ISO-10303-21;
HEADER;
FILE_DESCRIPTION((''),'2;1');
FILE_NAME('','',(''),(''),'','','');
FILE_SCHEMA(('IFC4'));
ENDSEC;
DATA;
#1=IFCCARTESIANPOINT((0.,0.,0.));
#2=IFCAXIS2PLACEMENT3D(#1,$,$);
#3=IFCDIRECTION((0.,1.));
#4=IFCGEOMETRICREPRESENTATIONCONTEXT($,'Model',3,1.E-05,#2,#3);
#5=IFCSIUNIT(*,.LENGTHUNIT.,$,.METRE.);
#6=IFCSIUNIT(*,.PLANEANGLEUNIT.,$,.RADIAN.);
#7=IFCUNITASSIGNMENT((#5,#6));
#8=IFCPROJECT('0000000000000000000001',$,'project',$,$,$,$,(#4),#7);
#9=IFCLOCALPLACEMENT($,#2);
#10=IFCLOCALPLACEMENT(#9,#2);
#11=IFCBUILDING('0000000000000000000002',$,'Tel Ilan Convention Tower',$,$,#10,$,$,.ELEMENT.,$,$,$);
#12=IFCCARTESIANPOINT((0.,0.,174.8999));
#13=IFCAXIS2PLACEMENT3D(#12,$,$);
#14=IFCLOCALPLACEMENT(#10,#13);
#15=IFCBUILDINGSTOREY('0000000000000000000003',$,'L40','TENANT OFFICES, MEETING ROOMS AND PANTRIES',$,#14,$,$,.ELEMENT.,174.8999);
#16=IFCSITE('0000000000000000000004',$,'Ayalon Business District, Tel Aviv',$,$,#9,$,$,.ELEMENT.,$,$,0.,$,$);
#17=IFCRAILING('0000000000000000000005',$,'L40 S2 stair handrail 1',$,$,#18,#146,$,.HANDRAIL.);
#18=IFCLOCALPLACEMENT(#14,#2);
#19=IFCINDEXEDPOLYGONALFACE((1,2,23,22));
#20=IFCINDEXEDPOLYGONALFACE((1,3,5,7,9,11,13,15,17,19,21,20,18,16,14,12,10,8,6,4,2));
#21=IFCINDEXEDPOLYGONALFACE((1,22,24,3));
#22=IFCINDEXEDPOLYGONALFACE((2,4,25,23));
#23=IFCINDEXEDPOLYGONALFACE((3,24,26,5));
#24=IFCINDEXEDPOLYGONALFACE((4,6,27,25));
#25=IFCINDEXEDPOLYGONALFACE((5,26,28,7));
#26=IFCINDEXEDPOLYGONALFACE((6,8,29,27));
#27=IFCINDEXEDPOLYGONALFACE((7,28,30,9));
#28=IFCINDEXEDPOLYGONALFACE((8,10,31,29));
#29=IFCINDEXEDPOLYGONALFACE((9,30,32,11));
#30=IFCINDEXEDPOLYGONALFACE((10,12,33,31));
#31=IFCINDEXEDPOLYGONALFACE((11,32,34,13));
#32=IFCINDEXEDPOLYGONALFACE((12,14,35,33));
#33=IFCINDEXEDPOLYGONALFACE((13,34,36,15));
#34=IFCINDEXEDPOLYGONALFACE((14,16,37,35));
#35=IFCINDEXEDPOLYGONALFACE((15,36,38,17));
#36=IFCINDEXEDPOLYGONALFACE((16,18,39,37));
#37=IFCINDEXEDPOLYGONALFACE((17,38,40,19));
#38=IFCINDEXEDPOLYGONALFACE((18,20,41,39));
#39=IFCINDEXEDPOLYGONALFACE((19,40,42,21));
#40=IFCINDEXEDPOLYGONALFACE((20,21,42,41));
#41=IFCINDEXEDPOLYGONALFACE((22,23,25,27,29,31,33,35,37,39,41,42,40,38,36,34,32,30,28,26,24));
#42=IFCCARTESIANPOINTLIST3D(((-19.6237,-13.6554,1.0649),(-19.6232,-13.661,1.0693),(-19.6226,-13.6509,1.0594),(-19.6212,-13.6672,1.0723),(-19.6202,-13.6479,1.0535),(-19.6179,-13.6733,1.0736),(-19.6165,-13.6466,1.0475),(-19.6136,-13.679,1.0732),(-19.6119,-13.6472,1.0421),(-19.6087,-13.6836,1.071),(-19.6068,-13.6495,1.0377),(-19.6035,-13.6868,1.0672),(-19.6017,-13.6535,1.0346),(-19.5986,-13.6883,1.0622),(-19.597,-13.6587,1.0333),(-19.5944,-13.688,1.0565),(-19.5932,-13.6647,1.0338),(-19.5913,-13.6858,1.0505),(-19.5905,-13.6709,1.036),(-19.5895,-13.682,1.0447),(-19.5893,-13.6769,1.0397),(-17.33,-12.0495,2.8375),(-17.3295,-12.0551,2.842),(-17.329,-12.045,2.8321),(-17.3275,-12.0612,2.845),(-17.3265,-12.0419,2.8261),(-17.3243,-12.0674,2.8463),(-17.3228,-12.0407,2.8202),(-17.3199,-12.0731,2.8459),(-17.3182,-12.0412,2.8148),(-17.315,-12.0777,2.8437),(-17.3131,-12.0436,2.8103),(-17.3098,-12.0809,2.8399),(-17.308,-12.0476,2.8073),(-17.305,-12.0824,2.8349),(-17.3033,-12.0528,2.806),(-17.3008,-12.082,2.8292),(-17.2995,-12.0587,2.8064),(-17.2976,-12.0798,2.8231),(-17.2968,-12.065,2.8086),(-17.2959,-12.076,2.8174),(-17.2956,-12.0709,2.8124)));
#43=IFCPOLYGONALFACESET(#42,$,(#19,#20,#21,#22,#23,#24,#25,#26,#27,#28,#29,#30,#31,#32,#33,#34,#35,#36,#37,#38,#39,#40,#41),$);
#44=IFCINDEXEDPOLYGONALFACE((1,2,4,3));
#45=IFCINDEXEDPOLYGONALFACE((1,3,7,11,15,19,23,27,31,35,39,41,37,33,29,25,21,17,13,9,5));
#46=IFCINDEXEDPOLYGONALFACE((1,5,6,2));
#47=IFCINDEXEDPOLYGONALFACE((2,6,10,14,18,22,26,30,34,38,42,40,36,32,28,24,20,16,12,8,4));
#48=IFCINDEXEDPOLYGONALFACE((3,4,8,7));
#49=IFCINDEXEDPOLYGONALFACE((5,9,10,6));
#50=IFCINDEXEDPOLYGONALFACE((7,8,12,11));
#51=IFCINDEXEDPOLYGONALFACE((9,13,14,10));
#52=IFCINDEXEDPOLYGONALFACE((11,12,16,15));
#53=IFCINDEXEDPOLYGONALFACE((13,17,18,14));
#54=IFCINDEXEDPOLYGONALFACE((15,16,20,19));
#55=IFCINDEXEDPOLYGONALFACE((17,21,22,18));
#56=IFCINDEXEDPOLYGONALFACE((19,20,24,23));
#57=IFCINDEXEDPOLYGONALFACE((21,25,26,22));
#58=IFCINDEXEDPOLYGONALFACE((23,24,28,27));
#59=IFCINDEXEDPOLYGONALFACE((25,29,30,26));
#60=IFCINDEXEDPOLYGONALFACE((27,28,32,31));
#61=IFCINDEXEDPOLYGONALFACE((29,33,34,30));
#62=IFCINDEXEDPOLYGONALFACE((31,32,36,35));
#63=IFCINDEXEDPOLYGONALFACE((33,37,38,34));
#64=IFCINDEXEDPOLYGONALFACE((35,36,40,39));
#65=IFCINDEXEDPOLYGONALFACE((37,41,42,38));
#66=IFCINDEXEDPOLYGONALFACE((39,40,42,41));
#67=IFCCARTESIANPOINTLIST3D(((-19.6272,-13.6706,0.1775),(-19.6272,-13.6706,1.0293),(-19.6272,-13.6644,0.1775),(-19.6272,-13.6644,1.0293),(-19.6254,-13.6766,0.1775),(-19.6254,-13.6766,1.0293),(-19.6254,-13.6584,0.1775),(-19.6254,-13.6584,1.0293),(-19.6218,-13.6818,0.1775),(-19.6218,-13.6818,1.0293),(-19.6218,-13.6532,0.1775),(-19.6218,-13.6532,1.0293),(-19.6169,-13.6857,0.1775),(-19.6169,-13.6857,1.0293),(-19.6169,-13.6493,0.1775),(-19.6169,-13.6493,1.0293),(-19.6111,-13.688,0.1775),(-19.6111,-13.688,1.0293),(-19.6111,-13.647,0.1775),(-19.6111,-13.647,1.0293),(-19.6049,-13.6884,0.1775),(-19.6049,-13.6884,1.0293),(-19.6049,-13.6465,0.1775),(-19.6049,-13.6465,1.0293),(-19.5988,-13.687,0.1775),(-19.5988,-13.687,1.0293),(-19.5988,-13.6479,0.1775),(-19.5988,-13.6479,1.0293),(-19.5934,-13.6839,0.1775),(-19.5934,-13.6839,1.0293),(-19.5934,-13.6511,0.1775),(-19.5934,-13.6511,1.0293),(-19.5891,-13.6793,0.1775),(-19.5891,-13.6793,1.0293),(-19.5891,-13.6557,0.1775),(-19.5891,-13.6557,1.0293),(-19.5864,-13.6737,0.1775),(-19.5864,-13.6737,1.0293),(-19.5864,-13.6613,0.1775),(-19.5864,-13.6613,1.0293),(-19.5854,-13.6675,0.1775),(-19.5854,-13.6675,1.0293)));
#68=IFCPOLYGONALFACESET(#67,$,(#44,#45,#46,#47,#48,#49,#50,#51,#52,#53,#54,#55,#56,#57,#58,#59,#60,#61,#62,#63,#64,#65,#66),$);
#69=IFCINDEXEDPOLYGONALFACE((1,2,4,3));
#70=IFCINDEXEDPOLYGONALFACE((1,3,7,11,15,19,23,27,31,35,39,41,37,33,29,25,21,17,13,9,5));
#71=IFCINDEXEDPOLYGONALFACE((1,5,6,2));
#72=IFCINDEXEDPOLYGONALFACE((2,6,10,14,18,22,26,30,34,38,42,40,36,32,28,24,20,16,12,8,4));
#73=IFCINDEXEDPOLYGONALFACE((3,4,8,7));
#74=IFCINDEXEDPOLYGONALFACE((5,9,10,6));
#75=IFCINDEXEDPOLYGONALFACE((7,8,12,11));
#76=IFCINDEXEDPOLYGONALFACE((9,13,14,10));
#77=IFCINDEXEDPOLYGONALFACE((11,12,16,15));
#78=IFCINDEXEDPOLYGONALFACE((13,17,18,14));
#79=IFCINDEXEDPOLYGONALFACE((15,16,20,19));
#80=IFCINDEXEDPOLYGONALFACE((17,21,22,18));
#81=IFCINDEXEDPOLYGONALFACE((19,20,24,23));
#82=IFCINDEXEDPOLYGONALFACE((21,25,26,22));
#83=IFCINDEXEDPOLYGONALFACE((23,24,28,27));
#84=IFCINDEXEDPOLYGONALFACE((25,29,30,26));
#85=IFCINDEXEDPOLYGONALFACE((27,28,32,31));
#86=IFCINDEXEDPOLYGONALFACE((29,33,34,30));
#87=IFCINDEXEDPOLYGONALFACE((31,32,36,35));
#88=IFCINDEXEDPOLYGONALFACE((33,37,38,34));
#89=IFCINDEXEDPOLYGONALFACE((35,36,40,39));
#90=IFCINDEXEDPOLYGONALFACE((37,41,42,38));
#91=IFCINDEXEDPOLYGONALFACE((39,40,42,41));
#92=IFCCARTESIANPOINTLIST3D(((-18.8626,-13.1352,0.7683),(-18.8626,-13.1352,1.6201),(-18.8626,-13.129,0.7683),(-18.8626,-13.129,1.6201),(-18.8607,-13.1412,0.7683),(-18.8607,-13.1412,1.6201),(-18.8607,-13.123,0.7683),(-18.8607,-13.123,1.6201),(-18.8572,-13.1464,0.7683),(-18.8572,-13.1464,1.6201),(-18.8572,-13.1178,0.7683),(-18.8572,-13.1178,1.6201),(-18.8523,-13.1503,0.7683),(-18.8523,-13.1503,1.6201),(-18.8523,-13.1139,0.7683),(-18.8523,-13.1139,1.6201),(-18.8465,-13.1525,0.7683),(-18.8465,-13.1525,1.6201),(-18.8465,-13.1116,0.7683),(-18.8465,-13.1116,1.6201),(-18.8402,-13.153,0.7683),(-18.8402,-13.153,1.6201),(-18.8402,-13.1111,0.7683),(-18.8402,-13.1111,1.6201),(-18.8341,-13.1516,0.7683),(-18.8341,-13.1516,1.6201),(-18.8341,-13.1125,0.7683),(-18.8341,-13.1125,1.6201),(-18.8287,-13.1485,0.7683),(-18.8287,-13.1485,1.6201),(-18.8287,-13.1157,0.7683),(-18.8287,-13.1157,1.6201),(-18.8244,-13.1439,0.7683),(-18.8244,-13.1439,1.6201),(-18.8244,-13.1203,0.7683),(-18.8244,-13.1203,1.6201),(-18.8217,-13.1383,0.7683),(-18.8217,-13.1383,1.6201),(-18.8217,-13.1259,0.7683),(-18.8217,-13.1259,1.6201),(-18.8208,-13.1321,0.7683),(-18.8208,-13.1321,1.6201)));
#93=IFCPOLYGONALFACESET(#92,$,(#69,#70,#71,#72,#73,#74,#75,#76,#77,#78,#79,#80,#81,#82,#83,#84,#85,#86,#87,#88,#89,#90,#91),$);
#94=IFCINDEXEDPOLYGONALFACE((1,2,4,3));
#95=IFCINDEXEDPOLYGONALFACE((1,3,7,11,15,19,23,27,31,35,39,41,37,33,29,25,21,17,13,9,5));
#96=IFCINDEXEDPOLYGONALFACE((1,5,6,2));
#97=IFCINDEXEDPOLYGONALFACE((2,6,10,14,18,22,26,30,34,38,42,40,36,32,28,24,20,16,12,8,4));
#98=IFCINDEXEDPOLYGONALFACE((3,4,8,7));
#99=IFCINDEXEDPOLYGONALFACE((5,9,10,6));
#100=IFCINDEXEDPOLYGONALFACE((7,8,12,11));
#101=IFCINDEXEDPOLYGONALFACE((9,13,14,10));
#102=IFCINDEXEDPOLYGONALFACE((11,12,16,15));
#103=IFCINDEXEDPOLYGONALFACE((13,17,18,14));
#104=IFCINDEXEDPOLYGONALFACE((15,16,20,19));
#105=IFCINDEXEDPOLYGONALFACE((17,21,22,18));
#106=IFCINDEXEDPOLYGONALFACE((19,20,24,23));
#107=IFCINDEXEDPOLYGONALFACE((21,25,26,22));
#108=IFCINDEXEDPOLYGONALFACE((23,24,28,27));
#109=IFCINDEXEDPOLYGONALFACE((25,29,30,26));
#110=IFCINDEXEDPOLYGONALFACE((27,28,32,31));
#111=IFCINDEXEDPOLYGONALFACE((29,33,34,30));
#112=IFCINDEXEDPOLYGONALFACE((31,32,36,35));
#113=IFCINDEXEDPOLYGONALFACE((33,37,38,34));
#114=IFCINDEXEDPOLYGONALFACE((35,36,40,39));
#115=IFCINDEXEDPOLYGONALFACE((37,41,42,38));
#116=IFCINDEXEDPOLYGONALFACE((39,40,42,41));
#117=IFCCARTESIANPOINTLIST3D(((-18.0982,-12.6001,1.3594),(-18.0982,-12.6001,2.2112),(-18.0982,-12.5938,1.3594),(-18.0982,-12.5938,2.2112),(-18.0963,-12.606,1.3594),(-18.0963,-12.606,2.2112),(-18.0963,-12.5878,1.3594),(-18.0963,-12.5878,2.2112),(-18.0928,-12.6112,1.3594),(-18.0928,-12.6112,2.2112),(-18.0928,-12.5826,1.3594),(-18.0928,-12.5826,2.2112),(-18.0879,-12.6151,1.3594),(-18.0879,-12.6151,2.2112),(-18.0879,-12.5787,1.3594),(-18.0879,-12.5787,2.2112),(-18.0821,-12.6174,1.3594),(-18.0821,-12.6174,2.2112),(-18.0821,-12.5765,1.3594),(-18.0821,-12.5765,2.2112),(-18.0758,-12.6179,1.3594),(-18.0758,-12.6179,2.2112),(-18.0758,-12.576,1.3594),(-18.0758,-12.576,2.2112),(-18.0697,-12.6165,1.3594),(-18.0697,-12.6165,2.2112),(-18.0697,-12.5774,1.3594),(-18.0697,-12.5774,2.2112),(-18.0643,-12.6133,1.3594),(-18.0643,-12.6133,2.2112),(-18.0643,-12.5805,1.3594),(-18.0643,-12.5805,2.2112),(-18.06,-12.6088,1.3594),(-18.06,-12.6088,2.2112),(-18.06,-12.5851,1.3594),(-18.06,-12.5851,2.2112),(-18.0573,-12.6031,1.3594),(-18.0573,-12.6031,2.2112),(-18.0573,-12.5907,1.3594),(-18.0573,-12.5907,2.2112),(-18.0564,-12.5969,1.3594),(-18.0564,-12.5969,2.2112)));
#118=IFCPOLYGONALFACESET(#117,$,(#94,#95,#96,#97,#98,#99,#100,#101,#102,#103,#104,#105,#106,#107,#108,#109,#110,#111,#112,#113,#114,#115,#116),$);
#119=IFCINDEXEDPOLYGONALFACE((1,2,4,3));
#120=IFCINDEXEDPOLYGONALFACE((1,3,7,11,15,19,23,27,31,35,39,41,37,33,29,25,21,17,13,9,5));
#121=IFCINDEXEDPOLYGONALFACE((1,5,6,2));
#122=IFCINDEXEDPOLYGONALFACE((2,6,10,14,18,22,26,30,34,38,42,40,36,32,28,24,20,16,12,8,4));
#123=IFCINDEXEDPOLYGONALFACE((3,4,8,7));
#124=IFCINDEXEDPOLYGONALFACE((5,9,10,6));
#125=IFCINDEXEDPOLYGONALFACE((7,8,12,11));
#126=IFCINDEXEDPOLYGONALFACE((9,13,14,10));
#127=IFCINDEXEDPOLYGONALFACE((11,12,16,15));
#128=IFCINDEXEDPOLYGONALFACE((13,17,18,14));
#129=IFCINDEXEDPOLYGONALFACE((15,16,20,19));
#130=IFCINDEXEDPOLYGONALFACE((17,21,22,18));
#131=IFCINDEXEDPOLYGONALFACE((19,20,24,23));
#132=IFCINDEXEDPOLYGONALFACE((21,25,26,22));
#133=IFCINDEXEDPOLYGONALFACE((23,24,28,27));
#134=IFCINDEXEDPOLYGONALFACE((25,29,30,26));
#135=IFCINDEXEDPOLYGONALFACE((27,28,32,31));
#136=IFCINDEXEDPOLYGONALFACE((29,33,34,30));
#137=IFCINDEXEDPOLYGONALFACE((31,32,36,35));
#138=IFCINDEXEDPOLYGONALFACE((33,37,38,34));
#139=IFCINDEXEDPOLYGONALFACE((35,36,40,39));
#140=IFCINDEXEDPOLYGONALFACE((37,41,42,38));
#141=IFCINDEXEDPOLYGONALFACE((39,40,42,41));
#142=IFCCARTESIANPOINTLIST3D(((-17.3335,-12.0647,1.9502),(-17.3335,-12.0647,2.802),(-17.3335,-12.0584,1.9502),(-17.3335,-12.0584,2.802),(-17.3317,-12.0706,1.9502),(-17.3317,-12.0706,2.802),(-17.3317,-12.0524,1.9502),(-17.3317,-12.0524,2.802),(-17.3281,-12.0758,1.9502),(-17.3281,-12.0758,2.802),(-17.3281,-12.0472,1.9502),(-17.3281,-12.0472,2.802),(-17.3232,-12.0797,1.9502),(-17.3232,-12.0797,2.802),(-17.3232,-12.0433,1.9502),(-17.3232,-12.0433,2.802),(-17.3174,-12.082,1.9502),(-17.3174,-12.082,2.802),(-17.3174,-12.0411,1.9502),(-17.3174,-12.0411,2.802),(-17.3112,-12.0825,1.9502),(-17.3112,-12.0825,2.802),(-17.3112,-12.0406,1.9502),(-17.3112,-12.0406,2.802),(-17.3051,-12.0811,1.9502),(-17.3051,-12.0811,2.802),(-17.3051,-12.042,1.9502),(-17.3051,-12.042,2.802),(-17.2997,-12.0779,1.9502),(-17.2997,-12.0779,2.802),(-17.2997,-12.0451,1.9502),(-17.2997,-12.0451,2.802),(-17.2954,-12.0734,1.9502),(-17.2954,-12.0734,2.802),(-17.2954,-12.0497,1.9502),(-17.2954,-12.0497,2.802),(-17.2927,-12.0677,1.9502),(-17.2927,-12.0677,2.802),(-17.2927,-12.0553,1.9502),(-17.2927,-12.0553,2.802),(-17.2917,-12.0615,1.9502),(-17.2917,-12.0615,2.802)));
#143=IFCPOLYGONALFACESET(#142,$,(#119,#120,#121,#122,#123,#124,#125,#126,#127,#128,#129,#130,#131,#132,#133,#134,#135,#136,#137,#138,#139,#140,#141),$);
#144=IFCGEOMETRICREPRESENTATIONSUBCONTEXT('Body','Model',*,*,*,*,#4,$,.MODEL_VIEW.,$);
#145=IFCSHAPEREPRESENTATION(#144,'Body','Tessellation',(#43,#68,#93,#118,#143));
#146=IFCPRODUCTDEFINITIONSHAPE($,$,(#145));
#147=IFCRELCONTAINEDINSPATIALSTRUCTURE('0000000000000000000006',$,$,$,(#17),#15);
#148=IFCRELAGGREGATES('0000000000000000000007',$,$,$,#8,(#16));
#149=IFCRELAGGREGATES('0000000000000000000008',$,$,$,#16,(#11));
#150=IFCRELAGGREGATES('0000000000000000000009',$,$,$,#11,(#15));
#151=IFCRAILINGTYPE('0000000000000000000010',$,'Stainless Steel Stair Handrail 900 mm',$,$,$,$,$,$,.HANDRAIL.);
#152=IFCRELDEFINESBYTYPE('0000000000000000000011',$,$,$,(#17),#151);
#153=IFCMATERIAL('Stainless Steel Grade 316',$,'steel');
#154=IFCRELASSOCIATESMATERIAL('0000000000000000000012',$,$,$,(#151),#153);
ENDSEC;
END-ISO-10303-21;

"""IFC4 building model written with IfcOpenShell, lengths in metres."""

from ifc_helpers import new_model, si_unit, direction, frame, origin, origin_2d, place, context, subcontext, project, spatial, circle, extrude, material, type_object, element, save


model = new_model("IFC4")

# Units and contexts
model_context = context("Model", 3, precision=1e-05, world=origin(), true_north=direction((0.0, 1.0)))
body_context = subcontext(model_context, "Body", "Model", "MODEL_VIEW")
ifc_project = project(units=[si_unit("LENGTHUNIT", "METRE"), si_unit("PLANEANGLEUNIT", "RADIAN")], contexts=[model_context])

# Site, building, storey
site_placement = place(None, origin())
site = spatial("IfcSite", under=ifc_project, at=site_placement, Name="Ayalon Business District, Tel Aviv", CompositionType="ELEMENT", RefElevation=0.0)
building_placement = place(site_placement, origin())
building = spatial("IfcBuilding", under=site, at=building_placement, Name="Tel Ilan Convention Tower", CompositionType="ELEMENT")
storey_placement = place(building_placement, frame((0.0, 0.0, 174.8999)))
storey = spatial("IfcBuildingStorey", under=building, at=storey_placement, Name="L40", Description="TENANT OFFICES, MEETING ROOMS AND PANTRIES", CompositionType="ELEMENT", Elevation=174.8999)

# Railing
ifc_material_1 = material(Name="Stainless Steel Grade 316", Category="steel")
railing_type_1 = type_object("IfcRailingType", Name="Stainless Steel Stair Handrail 900 mm", PredefinedType="HANDRAIL", material=ifc_material_1)
railing_1_placement = place(storey_placement, frame((-19.6064, -13.6675, 0.1775)))
element("IfcRailing", 1, at=railing_1_placement, inside=storey, type_object=railing_type_1, Name="L40 S2 stair handrail 1", PredefinedType="HANDRAIL", context=body_context, shape_type="SweptSolid", body=[
    extrude(circle(Radius=0.0239, at=origin_2d()), frame((0.0, 0.0, 0.876), z_axis=(0.692123, 0.484597, 0.534913), x_axis=(-0.57355, 0.81917, 0.0)), (0.0, 0.0, 1.0), 3.314),
    extrude(circle(Radius=0.021, at=origin_2d()), origin(), (0.0, 0.0, 1.0), 0.8518),
    extrude(circle(Radius=0.021, at=origin_2d()), frame((0.7646, 0.5354, 0.5908)), (0.0, 0.0, 1.0), 0.8518),
    extrude(circle(Radius=0.021, at=origin_2d()), frame((1.5291, 1.0706, 1.1819)), (0.0, 0.0, 1.0), 0.8518),
    extrude(circle(Radius=0.021, at=origin_2d()), frame((2.2937, 1.606, 1.7727)), (0.0, 0.0, 1.0), 0.8518),
])

save(model, "model.ifc")
